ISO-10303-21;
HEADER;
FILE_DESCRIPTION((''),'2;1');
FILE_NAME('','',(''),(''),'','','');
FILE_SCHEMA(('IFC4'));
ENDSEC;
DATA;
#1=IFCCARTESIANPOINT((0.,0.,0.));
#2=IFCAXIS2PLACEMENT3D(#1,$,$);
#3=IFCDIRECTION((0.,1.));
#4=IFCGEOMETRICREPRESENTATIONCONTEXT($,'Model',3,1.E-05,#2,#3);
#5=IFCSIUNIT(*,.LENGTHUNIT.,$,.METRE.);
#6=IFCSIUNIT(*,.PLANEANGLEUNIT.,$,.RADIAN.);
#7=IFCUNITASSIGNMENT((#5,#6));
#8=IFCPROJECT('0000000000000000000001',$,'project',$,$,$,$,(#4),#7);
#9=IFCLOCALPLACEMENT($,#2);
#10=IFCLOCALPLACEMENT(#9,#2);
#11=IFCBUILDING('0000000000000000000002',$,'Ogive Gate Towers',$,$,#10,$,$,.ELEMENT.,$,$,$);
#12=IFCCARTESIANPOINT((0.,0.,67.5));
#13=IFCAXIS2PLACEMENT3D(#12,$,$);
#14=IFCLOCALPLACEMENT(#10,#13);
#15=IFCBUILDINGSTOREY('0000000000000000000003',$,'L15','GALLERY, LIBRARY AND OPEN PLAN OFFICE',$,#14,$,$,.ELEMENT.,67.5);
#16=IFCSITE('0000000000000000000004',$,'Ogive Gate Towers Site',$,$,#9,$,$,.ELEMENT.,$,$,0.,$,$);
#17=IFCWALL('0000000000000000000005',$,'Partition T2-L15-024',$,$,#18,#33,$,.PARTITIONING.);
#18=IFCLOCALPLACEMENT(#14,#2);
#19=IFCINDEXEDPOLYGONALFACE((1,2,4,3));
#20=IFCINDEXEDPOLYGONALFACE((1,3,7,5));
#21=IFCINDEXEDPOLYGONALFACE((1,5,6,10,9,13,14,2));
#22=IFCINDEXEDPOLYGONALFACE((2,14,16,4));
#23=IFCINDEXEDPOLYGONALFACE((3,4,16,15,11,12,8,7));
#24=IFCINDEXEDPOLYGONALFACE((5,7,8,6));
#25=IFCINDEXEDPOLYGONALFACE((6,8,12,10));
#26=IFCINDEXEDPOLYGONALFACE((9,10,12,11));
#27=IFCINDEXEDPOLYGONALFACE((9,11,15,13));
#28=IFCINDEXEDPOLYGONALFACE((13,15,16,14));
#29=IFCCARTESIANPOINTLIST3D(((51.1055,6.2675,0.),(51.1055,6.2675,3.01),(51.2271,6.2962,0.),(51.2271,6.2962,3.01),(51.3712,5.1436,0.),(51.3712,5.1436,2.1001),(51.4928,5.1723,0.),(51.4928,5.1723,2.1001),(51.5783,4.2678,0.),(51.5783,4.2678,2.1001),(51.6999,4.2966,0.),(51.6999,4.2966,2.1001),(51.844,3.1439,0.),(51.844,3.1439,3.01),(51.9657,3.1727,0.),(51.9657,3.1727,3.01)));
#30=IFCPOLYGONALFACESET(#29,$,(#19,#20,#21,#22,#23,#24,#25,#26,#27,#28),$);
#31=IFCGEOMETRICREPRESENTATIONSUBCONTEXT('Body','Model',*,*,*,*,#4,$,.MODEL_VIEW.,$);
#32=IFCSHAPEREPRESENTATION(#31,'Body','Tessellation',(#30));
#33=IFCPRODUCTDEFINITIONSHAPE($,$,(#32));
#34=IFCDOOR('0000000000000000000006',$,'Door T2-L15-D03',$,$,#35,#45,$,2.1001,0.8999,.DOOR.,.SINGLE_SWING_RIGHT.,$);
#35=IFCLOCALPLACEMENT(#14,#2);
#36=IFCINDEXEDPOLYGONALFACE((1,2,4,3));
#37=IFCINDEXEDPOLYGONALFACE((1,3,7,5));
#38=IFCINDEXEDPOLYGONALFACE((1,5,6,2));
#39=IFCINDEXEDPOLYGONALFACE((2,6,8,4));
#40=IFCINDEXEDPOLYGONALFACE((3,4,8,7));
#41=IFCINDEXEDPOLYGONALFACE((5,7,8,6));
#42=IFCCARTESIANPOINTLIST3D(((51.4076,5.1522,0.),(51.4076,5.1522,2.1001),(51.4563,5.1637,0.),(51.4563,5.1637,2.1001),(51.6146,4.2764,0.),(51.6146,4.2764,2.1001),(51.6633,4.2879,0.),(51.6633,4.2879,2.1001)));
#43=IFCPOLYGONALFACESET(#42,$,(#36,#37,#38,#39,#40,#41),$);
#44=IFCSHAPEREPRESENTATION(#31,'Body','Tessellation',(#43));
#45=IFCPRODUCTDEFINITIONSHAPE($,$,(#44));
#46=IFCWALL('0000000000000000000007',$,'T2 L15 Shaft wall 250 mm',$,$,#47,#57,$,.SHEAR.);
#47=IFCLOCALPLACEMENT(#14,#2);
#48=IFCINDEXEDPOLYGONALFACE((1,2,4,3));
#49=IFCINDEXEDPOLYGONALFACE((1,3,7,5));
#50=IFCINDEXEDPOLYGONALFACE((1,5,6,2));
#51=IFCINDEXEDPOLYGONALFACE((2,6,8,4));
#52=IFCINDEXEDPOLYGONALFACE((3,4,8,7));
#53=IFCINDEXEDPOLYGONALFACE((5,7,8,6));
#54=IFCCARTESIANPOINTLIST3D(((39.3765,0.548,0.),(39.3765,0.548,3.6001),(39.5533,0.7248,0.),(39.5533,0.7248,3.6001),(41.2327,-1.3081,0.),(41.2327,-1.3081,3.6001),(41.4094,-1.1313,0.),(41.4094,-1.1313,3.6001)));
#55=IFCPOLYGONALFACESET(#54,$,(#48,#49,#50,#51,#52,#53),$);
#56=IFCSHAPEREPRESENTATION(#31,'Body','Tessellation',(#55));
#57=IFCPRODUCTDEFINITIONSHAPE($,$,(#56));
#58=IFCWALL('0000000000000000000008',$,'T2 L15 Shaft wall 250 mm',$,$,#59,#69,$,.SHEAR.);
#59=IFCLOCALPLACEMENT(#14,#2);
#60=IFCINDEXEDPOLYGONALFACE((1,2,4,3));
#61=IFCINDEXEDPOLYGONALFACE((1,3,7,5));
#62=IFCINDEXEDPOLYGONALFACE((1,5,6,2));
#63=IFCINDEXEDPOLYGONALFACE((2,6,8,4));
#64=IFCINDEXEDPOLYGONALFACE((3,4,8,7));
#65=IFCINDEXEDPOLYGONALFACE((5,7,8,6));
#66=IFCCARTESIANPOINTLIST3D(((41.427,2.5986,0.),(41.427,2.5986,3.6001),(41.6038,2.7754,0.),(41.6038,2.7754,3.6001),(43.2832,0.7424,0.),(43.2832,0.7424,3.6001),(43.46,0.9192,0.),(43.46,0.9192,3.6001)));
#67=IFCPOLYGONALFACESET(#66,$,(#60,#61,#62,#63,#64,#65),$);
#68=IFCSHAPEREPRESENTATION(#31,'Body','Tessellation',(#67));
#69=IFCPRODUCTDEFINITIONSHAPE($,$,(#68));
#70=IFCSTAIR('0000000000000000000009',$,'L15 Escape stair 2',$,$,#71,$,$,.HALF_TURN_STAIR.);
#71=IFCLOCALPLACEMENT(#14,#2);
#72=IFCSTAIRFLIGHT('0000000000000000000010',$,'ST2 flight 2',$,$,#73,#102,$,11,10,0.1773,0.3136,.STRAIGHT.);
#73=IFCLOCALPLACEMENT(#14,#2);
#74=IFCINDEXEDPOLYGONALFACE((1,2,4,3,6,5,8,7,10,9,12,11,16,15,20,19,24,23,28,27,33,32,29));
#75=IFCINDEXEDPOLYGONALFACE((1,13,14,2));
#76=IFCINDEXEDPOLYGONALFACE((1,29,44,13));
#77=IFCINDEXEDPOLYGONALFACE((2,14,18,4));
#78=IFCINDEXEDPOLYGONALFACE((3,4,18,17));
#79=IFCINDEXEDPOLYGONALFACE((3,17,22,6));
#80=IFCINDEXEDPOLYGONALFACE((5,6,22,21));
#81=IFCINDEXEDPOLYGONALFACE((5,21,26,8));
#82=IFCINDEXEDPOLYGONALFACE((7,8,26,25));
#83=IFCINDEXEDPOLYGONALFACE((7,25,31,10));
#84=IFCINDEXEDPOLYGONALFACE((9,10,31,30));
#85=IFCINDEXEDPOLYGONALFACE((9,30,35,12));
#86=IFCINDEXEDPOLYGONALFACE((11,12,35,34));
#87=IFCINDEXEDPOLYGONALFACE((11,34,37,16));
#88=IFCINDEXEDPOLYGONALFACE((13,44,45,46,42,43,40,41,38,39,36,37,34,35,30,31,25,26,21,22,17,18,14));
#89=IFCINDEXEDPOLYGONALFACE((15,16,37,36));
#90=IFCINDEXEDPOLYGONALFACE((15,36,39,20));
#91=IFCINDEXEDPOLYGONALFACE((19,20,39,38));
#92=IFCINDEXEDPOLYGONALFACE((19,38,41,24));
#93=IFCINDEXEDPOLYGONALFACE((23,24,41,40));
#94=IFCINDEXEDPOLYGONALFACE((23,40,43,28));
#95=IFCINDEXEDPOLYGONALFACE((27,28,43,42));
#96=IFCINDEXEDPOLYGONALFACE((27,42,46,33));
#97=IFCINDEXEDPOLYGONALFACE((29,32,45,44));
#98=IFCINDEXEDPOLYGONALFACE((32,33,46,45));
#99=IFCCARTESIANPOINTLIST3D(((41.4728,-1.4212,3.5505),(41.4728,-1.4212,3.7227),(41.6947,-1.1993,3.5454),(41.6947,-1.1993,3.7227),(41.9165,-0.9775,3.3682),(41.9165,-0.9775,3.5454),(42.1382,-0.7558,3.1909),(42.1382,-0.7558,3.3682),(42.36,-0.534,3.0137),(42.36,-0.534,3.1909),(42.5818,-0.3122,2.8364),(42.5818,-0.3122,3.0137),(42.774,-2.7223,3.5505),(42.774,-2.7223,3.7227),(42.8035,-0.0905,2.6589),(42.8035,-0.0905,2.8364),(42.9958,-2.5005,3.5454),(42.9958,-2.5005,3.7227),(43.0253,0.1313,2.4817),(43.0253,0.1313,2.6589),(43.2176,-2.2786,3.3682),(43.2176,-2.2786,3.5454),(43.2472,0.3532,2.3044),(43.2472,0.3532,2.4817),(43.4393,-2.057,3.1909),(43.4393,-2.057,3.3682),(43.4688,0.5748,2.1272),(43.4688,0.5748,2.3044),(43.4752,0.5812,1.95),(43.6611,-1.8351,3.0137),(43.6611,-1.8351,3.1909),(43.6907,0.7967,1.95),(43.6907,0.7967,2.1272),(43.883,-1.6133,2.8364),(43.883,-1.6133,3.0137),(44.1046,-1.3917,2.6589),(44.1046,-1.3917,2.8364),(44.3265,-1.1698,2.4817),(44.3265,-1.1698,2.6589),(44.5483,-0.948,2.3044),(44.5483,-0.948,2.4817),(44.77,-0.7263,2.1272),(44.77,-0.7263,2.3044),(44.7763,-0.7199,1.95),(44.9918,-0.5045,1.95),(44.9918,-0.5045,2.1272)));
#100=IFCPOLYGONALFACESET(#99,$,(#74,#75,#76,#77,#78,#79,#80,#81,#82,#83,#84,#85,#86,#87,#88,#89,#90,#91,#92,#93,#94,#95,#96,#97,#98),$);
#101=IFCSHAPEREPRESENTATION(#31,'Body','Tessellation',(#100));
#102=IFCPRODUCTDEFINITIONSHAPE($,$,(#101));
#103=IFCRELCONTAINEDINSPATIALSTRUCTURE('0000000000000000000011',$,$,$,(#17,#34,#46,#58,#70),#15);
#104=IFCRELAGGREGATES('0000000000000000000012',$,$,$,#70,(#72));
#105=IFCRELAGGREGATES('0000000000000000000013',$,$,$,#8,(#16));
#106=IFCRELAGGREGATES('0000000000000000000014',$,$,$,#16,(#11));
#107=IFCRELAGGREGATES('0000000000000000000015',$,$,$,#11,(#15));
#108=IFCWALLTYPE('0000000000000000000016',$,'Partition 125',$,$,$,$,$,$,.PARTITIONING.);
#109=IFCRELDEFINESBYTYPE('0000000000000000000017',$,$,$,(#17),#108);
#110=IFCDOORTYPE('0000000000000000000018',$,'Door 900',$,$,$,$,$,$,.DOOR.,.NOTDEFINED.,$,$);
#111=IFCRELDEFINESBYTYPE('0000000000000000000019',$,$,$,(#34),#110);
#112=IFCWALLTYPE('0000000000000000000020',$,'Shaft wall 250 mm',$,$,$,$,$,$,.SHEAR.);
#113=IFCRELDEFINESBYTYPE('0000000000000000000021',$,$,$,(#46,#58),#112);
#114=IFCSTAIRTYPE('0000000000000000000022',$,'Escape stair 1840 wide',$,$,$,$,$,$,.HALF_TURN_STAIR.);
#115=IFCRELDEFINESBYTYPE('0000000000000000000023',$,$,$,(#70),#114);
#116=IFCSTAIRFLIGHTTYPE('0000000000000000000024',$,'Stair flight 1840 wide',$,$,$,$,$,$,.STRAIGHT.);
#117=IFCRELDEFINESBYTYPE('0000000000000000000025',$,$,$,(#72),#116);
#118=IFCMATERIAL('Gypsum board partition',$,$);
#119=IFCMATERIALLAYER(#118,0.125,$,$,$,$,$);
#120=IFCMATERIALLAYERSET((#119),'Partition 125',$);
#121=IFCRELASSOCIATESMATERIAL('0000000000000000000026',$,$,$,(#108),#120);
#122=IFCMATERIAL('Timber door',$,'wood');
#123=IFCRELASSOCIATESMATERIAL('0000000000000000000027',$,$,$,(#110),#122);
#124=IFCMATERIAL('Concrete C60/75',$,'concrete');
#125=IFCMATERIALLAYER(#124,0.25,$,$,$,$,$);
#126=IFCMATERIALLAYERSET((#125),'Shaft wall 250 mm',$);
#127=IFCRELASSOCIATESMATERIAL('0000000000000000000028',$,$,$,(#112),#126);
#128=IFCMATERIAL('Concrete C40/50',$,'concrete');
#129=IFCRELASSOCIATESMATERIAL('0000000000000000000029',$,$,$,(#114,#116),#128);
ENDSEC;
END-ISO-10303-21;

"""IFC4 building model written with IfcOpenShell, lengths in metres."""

from ifc_helpers import new_model, si_unit, direction, frame, frame_2d, origin, place, context, subcontext, project, spatial, polyline, rectangle, outline, extrude, material, layer, layer_set, type_object, element, fill, aggregate, save


model = new_model("IFC4")

# Units and contexts
model_context = context("Model", 3, precision=1e-05, world=origin(), true_north=direction((0.0, 1.0)))
body_context = subcontext(model_context, "Body", "Model", "MODEL_VIEW")
ifc_project = project(units=[si_unit("LENGTHUNIT", "METRE"), si_unit("PLANEANGLEUNIT", "RADIAN")], contexts=[model_context])

# Site, building, storey
site_placement = place(None, origin())
site = spatial("IfcSite", under=ifc_project, at=site_placement, Name="Ogive Gate Towers Site", CompositionType="ELEMENT", RefElevation=0.0)
building_placement = place(site_placement, origin())
building = spatial("IfcBuilding", under=site, at=building_placement, Name="Ogive Gate Towers", CompositionType="ELEMENT")
storey_placement = place(building_placement, frame((0.0, 0.0, 67.5)))
storey = spatial("IfcBuildingStorey", under=building, at=storey_placement, Name="L15", Description="GALLERY, LIBRARY AND OPEN PLAN OFFICE", CompositionType="ELEMENT", Elevation=67.5)

# Shared definitions
ifc_material_1 = material(Name="Concrete C40/50", Category="concrete")

# Shared definitions
ifc_material_2 = material(Name="Timber door", Category="wood")
ifc_material_3 = material(Name="Concrete C60/75", Category="concrete")

# Shared definitions
ifc_material_4 = material(Name="Gypsum board partition")
ifc_layer_1 = layer(ifc_material_4, 0.125)
ifc_layer_set_1 = layer_set([ifc_layer_1], Name="Partition 125")
wall_type_1 = type_object("IfcWallType", Name="Partition 125", PredefinedType="PARTITIONING", material=ifc_layer_set_1)

# Wall, opening, door
wall_1_placement = place(storey_placement, frame((51.1663, 6.282, 0.0), z_axis=(0.0, 0.0, 1.0), x_axis=(0.230095, -0.973168, 0.0)))
wall_1 = element("IfcWall", 1, at=wall_1_placement, inside=storey, type_object=wall_type_1, Name="Partition T2-L15-024", PredefinedType="PARTITIONING", context=body_context, shape_type="SweptSolid", body=[
    extrude(rectangle(XDim=3.2097, YDim=0.125, at=frame_2d((1.605, 0.0))), origin(), (0.0, 0.0, 1.0), 3.01),
])
opening_1_placement = place(wall_1_placement, frame((1.155, 0.0, 0.0)))
opening_1 = element("IfcOpeningElement", 2, at=opening_1_placement, cuts=wall_1, PredefinedType="OPENING", context=body_context, shape_type="SweptSolid", body=[
    extrude(rectangle(XDim=0.8999, YDim=2.1001, at=frame_2d((0.45, 1.05))), frame((0.0, 0.0725, 0.0), z_axis=(0.0, -1.0, 0.0), x_axis=(1.0, 0.0, 0.0)), (0.0, 0.0, 1.0), 0.145),
])
door_type_1 = type_object("IfcDoorType", Name="Door 900", OperationType="NOTDEFINED", PredefinedType="DOOR", material=ifc_material_2)
door_1_placement = place(opening_1_placement, origin())
door_1 = element("IfcDoor", 3, at=door_1_placement, inside=storey, type_object=door_type_1, Name="Door T2-L15-D03", OperationType="SINGLE_SWING_RIGHT", OverallHeight=2.1001, OverallWidth=0.8999, PredefinedType="DOOR", context=body_context, shape_type="SweptSolid", body=[
    extrude(rectangle(XDim=0.8999, YDim=2.1001, at=frame_2d((0.45, 1.05))), frame((0.0, 0.0249, 0.0), z_axis=(0.0, -1.0, 0.0), x_axis=(1.0, 0.0, 0.0)), (0.0, 0.0, 1.0), 0.05),
])
fill(opening_1, door_1)

# Walls
ifc_layer_2 = layer(ifc_material_3, 0.25)
ifc_layer_set_2 = layer_set([ifc_layer_2], Name="Shaft wall 250 mm")
wall_type_2 = type_object("IfcWallType", Name="Shaft wall 250 mm", PredefinedType="SHEAR", material=ifc_layer_set_2)
for number, where, z_axis, x_axis, name in (
    (4, (41.321, -1.2197, 0.0), (0.0, 0.0, 1.0), (-0.707107, 0.707107, 0.0), "T2 L15 Shaft wall 250 mm"),
    (5, (43.3716, 0.8308, 0.0), (0.0, 0.0, 1.0), (-0.707107, 0.707107, 0.0), "T2 L15 Shaft wall 250 mm"),
):
    element("IfcWall", number, at=place(storey_placement, frame(where, z_axis=z_axis, x_axis=x_axis)), inside=storey, type_object=wall_type_2, Name=name, PredefinedType="SHEAR", context=body_context, shape_type="SweptSolid", body=[
        extrude(rectangle(XDim=2.625, YDim=0.25, at=frame_2d((1.3125, 0.0))), origin(), (0.0, 0.0, 1.0), 3.6001),
    ])

# Stair, stair flight
stair_type = type_object("IfcStairType", Name="Escape stair 1840 wide", PredefinedType="HALF_TURN_STAIR", material=ifc_material_1)
stair_placement = place(storey_placement, origin())
stair = element("IfcStair", 6, at=stair_placement, inside=storey, type_object=stair_type, Name="L15 Escape stair 2", PredefinedType="HALF_TURN_STAIR")
stair_flight_type = type_object("IfcStairFlightType", Name="Stair flight 1840 wide", PredefinedType="STRAIGHT", material=ifc_material_1)
stair_flight_placement = place(storey_placement, frame((44.3413, 0.146, 1.95), z_axis=(0.0, 0.0, 1.0), x_axis=(-0.707107, -0.707107, 0.0)))
stair_flight = element("IfcStairFlight", 7, at=stair_flight_placement, type_object=stair_flight_type, Name="ST2 flight 2", NumberOfRisers=11, NumberOfTreads=10, PredefinedType="STRAIGHT", RiserHeight=0.1773, TreadLength=0.3136, context=body_context, shape_type="SweptSolid", body=[
    extrude(outline(polyline([(0.0, 0.0), (0.0, 0.1772), (0.3137, 0.1772), (0.3137, 0.3545), (0.6272, 0.3545), (0.6272, 0.5317), (0.9409, 0.5317), (0.9409, 0.709), (1.2546, 0.709), (1.2546, 0.8865), (1.5681, 0.8865), (1.5681, 1.0637), (1.8818, 1.0637), (1.8818, 1.241), (2.1956, 1.241), (2.1956, 1.4182), (2.509, 1.4182), (2.509, 1.5955), (2.8228, 1.5955), (2.8228, 1.7727), (3.1365, 1.7727), (3.1365, 1.95), (3.1365, 1.6006), (0.3047, 0.0), (0.0, 0.0)])), frame((0.0, 0.9199, 0.0), z_axis=(0.0, -1.0, 0.0), x_axis=(1.0, 0.0, 0.0)), (0.0, 0.0, 1.0), 1.8401),
])
aggregate(stair, [stair_flight])

save(model, "model.ifc")
